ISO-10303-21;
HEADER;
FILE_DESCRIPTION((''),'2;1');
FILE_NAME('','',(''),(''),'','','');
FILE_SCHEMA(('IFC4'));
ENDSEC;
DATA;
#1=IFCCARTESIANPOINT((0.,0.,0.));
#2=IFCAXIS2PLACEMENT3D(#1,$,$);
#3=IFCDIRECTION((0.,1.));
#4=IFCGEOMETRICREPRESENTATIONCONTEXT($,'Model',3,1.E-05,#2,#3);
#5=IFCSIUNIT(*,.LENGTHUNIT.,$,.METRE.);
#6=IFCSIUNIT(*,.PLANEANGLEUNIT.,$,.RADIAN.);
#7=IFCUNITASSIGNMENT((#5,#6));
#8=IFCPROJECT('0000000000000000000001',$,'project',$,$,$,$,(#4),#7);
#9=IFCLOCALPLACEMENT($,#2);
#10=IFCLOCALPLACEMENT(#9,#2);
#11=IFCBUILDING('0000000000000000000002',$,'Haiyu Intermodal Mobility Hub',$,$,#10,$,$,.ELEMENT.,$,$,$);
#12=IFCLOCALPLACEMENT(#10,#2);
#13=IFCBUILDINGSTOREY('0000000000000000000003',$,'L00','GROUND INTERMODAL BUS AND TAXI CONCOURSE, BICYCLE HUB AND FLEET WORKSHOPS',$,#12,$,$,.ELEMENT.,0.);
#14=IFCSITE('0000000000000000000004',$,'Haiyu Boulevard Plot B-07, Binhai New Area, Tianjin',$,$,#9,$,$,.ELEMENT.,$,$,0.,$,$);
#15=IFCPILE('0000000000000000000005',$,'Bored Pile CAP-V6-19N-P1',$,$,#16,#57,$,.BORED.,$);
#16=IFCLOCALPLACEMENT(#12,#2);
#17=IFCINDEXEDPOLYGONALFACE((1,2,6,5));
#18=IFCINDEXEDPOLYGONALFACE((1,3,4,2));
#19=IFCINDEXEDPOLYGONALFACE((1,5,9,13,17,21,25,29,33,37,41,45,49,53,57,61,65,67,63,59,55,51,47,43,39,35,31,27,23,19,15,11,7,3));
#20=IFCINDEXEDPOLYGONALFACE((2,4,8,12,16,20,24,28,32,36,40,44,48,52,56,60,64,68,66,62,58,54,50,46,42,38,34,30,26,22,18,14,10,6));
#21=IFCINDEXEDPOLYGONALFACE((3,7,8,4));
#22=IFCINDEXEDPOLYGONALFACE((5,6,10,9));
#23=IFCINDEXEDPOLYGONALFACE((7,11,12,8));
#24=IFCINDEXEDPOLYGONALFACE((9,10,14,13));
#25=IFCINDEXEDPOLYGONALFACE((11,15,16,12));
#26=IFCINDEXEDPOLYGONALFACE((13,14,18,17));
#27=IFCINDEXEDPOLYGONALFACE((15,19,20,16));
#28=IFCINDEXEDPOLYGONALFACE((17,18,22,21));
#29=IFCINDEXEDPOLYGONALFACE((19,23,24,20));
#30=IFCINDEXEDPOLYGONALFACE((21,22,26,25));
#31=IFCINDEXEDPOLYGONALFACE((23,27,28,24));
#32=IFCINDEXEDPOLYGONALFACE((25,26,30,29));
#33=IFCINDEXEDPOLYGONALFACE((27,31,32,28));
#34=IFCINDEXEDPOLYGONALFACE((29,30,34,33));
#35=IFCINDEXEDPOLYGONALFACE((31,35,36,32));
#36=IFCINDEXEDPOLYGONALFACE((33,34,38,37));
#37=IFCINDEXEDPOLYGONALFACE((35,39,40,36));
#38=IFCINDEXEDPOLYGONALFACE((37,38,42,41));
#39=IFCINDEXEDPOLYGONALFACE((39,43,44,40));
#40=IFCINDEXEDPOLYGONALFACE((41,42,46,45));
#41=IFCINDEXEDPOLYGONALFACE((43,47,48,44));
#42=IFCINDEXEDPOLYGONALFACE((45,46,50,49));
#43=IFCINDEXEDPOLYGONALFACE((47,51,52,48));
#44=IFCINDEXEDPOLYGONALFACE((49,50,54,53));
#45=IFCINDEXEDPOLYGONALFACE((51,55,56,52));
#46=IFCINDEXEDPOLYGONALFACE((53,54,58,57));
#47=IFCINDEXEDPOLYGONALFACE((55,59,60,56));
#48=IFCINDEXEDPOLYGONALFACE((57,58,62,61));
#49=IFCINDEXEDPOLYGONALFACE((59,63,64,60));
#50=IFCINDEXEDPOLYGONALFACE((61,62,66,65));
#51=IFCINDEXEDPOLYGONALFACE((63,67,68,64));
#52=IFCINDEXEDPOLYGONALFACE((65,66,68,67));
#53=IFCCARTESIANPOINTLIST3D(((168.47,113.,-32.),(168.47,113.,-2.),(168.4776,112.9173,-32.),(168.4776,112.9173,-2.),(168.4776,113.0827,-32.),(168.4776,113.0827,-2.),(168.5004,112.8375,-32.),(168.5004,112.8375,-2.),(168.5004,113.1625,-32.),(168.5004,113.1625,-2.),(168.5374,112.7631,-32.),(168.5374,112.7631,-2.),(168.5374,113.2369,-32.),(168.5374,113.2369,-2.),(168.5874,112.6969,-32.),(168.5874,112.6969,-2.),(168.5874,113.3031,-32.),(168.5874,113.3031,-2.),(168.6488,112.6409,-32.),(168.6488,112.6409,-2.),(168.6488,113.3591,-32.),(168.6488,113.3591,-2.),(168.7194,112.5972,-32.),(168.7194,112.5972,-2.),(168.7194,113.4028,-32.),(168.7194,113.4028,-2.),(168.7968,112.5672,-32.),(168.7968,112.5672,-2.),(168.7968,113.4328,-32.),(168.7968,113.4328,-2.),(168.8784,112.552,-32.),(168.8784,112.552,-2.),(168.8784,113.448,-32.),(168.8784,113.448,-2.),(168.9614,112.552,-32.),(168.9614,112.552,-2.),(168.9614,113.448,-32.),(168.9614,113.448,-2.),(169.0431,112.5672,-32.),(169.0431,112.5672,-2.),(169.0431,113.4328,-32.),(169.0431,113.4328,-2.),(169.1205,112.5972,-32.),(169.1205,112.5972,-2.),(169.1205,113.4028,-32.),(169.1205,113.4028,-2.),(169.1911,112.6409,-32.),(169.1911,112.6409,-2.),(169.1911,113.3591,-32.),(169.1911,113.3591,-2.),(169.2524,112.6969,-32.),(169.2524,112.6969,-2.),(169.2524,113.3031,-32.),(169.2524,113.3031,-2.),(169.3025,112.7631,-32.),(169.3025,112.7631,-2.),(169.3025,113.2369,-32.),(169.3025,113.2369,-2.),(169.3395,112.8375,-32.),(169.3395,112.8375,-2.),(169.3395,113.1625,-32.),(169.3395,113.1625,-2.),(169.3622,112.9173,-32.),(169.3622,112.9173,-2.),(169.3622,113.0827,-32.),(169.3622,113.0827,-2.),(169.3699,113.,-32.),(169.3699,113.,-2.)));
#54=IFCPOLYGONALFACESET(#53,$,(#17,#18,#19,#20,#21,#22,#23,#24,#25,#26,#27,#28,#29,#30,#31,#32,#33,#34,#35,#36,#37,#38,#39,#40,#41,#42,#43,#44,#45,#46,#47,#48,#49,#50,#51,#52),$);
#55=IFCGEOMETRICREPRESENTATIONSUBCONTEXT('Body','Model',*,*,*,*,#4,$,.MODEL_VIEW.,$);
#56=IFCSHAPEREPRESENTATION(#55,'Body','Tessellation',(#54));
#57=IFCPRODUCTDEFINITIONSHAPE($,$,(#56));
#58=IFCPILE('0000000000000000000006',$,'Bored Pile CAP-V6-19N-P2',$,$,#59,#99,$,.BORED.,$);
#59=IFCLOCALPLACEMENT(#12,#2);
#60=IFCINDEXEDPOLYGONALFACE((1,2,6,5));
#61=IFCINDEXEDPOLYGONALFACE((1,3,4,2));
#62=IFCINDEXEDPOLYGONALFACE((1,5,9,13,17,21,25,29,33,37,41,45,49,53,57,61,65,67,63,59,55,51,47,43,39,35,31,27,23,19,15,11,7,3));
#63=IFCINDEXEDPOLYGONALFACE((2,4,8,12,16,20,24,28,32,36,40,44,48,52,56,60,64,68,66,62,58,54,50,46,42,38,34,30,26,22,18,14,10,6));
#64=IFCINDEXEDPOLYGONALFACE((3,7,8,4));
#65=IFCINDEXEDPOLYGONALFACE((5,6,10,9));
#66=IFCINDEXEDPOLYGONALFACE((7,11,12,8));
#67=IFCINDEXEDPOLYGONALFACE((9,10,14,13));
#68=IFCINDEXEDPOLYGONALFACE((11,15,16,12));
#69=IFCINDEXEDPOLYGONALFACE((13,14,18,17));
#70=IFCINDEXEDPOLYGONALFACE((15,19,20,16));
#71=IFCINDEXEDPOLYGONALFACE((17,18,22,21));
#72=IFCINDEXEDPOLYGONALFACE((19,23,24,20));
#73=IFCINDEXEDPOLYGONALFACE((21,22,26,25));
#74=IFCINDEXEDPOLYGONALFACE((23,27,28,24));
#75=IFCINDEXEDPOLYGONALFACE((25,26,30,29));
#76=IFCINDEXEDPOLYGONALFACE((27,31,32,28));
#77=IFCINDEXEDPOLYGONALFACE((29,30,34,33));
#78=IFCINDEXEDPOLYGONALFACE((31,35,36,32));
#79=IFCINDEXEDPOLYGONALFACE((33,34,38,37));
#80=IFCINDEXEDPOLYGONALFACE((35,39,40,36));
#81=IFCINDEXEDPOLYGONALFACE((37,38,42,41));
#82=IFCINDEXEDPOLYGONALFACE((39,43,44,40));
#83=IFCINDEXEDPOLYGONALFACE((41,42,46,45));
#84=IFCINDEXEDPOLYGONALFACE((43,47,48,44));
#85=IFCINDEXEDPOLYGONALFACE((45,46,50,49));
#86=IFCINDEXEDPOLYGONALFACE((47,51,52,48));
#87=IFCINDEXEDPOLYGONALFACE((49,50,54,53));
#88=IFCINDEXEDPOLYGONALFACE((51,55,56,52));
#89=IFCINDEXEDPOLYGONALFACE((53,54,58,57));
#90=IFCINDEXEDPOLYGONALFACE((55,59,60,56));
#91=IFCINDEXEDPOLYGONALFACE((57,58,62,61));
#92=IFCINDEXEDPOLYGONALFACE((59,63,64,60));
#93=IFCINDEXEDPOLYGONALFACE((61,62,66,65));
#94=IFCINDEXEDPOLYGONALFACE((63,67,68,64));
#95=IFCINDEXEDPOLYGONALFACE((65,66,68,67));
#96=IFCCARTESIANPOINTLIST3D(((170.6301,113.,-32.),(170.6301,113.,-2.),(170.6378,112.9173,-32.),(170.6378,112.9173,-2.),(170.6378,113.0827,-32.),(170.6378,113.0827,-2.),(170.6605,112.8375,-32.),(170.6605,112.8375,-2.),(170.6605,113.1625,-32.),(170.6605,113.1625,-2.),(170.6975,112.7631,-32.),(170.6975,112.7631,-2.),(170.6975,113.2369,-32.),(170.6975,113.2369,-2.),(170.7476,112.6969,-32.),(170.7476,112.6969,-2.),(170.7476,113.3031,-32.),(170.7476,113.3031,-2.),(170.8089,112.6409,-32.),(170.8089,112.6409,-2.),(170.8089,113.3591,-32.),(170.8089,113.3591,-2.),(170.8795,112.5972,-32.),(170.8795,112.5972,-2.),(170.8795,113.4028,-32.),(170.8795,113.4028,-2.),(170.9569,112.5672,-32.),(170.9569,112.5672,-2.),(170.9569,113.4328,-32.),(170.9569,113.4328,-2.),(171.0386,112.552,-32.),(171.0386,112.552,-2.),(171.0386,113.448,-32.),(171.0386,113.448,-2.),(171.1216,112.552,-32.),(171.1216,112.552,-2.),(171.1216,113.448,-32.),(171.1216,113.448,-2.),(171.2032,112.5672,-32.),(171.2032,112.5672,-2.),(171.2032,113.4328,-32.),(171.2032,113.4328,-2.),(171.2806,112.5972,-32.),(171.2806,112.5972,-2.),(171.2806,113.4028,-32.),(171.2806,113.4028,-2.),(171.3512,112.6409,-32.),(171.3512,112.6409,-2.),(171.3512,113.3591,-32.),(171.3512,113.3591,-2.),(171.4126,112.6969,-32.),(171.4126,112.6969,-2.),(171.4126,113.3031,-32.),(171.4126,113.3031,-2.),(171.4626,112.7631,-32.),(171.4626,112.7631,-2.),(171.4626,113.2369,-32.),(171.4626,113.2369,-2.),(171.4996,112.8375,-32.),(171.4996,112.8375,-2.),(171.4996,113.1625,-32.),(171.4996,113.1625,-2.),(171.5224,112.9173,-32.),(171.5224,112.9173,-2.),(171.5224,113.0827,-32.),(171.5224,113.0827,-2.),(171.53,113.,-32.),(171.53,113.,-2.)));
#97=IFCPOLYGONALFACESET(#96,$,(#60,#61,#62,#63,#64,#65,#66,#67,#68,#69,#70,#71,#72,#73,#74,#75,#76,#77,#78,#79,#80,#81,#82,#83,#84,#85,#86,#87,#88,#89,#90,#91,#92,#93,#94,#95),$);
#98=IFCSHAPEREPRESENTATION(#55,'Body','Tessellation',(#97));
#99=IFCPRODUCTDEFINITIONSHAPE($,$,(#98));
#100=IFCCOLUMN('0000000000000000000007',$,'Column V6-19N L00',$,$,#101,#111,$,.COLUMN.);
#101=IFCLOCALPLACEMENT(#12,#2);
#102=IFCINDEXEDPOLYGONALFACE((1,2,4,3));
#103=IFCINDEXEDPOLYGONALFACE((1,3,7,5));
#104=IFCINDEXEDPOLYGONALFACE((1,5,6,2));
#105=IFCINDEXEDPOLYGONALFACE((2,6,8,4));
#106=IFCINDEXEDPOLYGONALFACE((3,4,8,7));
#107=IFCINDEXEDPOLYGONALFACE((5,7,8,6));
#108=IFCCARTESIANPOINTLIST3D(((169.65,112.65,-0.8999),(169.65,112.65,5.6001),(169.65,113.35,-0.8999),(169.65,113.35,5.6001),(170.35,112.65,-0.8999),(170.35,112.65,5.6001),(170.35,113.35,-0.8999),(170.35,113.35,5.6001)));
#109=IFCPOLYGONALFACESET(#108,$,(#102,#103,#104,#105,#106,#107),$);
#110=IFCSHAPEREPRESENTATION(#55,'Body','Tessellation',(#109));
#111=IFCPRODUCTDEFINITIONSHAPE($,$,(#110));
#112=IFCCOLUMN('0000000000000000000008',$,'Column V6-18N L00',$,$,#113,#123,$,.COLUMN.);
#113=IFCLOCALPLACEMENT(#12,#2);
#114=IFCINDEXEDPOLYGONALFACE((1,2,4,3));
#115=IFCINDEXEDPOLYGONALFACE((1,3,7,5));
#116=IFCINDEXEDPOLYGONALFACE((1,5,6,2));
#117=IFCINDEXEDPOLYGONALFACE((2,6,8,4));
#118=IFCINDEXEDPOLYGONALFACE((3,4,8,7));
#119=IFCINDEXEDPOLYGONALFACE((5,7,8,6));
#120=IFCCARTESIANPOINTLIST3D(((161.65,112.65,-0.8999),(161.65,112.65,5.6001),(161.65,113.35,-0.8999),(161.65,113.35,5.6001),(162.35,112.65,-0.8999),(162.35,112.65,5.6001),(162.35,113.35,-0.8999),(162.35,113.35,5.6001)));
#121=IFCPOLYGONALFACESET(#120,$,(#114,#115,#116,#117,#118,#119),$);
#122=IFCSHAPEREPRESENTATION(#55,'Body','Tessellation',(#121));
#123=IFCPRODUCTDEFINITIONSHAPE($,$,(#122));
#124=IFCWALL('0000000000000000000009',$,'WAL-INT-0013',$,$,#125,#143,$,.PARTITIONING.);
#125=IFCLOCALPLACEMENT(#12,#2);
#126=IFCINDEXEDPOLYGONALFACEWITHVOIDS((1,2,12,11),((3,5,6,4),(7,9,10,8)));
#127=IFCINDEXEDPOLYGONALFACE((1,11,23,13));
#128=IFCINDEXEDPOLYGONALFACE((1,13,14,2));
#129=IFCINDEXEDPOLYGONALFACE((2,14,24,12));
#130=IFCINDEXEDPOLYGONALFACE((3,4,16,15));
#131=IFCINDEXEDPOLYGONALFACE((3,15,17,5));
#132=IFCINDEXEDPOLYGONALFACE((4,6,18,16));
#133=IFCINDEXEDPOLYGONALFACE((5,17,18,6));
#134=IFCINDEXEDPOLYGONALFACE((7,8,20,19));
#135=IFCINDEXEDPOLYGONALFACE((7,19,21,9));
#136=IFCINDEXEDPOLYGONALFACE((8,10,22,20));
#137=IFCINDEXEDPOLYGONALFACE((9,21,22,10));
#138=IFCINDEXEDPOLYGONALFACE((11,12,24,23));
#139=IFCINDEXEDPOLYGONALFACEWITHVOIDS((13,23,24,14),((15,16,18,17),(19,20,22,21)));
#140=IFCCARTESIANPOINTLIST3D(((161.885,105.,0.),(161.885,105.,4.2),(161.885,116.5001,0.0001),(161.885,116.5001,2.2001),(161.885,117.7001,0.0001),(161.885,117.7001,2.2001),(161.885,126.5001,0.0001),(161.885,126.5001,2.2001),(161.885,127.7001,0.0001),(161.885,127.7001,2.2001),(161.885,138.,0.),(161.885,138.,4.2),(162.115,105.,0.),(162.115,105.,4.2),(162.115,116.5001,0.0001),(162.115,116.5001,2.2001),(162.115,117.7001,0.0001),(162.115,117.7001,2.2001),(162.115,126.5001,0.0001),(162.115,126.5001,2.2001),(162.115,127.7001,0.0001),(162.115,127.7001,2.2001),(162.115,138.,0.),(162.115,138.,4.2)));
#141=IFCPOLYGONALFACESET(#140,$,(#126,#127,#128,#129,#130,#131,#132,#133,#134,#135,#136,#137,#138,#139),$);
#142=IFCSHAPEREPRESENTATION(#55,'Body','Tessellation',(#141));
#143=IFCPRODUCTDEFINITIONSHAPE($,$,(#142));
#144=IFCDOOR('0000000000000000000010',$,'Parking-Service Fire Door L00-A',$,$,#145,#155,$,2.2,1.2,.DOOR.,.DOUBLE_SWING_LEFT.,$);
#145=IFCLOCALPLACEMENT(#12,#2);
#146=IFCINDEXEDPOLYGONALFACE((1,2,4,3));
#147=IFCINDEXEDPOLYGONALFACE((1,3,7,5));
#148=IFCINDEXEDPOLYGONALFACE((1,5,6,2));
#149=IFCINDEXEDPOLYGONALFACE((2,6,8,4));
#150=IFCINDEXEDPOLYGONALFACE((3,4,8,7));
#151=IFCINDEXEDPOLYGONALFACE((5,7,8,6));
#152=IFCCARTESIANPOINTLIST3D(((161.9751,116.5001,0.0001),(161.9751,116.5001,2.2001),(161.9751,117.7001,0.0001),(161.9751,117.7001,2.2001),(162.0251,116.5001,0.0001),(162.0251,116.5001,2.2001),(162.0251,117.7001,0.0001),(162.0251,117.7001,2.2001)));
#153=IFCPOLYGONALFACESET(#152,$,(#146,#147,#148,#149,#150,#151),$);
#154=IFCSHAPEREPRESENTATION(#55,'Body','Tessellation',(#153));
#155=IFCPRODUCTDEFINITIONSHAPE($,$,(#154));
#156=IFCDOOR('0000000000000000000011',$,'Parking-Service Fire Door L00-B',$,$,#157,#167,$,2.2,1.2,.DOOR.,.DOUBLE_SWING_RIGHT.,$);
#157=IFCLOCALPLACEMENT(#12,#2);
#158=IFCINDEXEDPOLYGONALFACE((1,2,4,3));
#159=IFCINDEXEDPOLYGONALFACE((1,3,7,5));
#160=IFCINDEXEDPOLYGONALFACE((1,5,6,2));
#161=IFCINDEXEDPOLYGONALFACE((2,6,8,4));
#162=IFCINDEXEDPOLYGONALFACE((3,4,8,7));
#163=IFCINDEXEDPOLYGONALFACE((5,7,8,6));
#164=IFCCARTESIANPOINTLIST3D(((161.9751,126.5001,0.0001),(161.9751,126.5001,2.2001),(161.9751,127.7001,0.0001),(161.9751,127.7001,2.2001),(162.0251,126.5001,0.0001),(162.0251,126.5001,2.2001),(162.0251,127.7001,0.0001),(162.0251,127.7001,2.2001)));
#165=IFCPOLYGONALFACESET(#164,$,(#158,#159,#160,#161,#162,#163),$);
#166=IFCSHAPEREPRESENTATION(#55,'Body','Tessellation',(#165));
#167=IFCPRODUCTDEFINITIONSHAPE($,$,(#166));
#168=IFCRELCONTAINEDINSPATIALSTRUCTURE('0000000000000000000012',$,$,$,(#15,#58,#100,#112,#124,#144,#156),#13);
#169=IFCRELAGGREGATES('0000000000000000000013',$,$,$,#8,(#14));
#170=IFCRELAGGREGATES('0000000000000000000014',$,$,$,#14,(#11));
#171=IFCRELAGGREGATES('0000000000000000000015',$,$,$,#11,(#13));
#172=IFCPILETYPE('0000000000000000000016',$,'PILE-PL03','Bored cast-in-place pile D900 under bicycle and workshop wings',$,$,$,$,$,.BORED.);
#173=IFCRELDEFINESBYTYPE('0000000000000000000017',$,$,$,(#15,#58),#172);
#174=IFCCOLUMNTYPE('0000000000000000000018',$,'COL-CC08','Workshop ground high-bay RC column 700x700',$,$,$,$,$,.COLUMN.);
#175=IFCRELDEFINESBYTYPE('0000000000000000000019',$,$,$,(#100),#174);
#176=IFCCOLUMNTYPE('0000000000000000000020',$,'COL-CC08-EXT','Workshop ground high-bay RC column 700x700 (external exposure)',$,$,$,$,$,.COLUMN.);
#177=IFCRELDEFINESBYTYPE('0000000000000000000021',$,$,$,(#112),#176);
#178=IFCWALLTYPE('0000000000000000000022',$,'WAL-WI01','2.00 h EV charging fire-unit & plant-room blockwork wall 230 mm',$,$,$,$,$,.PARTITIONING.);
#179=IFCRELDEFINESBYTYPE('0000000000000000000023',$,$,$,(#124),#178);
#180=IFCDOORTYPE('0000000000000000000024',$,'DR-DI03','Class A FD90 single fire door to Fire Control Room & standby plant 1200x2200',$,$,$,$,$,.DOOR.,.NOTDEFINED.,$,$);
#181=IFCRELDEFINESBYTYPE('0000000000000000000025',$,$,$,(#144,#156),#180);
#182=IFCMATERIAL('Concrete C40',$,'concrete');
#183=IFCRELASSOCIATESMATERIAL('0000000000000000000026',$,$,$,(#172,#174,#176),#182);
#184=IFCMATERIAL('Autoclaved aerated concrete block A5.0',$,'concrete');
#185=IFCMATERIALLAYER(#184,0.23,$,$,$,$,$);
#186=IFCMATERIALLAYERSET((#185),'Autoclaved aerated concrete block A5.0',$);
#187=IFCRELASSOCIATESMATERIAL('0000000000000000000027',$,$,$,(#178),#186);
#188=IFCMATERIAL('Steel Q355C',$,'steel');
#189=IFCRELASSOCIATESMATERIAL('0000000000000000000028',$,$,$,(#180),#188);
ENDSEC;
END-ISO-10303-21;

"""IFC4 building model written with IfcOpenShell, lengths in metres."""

from ifc_helpers import new_model, si_unit, direction, frame, frame_2d, origin, origin_2d, place, context, subcontext, project, spatial, rectangle, circle, extrude, material, layer, layer_set, material_profile, profile_set, type_object, element, fill, save


model = new_model("IFC4")

# Units and contexts
model_context = context("Model", 3, precision=1e-05, world=origin(), true_north=direction((0.0, 1.0)))
body_context = subcontext(model_context, "Body", "Model", "MODEL_VIEW")
ifc_project = project(units=[si_unit("LENGTHUNIT", "METRE"), si_unit("PLANEANGLEUNIT", "RADIAN")], contexts=[model_context])

# Site, building, storey
site_placement = place(None, origin())
site = spatial("IfcSite", under=ifc_project, at=site_placement, Name="Haiyu Boulevard Plot B-07, Binhai New Area, Tianjin", CompositionType="ELEMENT", RefElevation=0.0)
building_placement = place(site_placement, origin())
building = spatial("IfcBuilding", under=site, at=building_placement, Name="Haiyu Intermodal Mobility Hub", CompositionType="ELEMENT")
storey_placement = place(building_placement, origin())
storey = spatial("IfcBuildingStorey", under=building, at=storey_placement, Name="L00", Description="GROUND INTERMODAL BUS AND TAXI CONCOURSE, BICYCLE HUB AND FLEET WORKSHOPS", CompositionType="ELEMENT", Elevation=0.0)

# Shared definitions
ifc_material_1 = material(Name="Concrete C40", Category="concrete")

# Piles
ifc_material_profile_1 = material_profile(ifc_material_1, circle(Radius=0.45, at=origin_2d()), Name="PILE-D900")
ifc_profile_set_1 = profile_set([ifc_material_profile_1], Name="Concrete C40")
pile_type_1 = type_object("IfcPileType", Name="PILE-PL03", Description="Bored cast-in-place pile D900 under bicycle and workshop wings", PredefinedType="BORED", material=ifc_profile_set_1)
for number, where, z_axis, x_axis, name in (
    (1, (168.9199, 113.0, -2.0), (0.0, 0.0, -1.0), (1.0, 0.0, 0.0), "Bored Pile CAP-V6-19N-P1"),
    (2, (171.0801, 113.0, -2.0), (0.0, 0.0, -1.0), (1.0, 0.0, 0.0), "Bored Pile CAP-V6-19N-P2"),
):
    element("IfcPile", number, at=place(storey_placement, frame(where, z_axis=z_axis, x_axis=x_axis)), inside=storey, type_object=pile_type_1, Name=name, PredefinedType="BORED", context=body_context, shape_type="SweptSolid", body=[
        extrude(circle(Radius=0.45, at=origin_2d()), origin(), (0.0, 0.0, 1.0), 30.0),
    ])

# Columns
ifc_material_profile_2 = material_profile(ifc_material_1, rectangle(XDim=0.7, YDim=0.7, at=origin_2d()), Name="RC700x700")
ifc_profile_set_2 = profile_set([ifc_material_profile_2], Name="Concrete C40")
column_type_1 = type_object("IfcColumnType", Name="COL-CC08", Description="Workshop ground high-bay RC column 700x700", PredefinedType="COLUMN", material=ifc_profile_set_2)
column_1_placement = place(storey_placement, frame((170.0, 113.0, -0.8999), z_axis=(0.0, 0.0, 1.0), x_axis=(1.0, 0.0, 0.0)))
element("IfcColumn", 3, at=column_1_placement, inside=storey, type_object=column_type_1, Name="Column V6-19N L00", PredefinedType="COLUMN", context=body_context, shape_type="SweptSolid", body=[
    extrude(rectangle(XDim=0.7, YDim=0.7, at=origin_2d()), origin(), (0.0, 0.0, 1.0), 6.5),
])
ifc_material_profile_3 = material_profile(ifc_material_1, rectangle(XDim=0.7, YDim=0.7, at=origin_2d()), Name="RC700x700")
ifc_profile_set_3 = profile_set([ifc_material_profile_3], Name="Concrete C40")
column_type_2 = type_object("IfcColumnType", Name="COL-CC08-EXT", Description="Workshop ground high-bay RC column 700x700 (external exposure)", PredefinedType="COLUMN", material=ifc_profile_set_3)
column_2_placement = place(storey_placement, frame((162.0, 113.0, -0.8999), z_axis=(0.0, 0.0, 1.0), x_axis=(1.0, 0.0, 0.0)))
element("IfcColumn", 4, at=column_2_placement, inside=storey, type_object=column_type_2, Name="Column V6-18N L00", PredefinedType="COLUMN", context=body_context, shape_type="SweptSolid", body=[
    extrude(rectangle(XDim=0.7, YDim=0.7, at=origin_2d()), origin(), (0.0, 0.0, 1.0), 6.5),
])

# Wall, openings, doors
ifc_material_2 = material(Name="Autoclaved aerated concrete block A5.0", Category="concrete")
ifc_layer_1 = layer(ifc_material_2, 0.23)
ifc_layer_set_1 = layer_set([ifc_layer_1], Name="Autoclaved aerated concrete block A5.0")
wall_type_1 = type_object("IfcWallType", Name="WAL-WI01", Description="2.00 h EV charging fire-unit & plant-room blockwork wall 230 mm", PredefinedType="PARTITIONING", material=ifc_layer_set_1)
wall_1_placement = place(storey_placement, frame((162.0, 105.0, 0.0), z_axis=(0.0, 0.0, 1.0), x_axis=(0.0, 1.0, 0.0)))
wall_1 = element("IfcWall", 5, at=wall_1_placement, inside=storey, type_object=wall_type_1, Name="WAL-INT-0013", PredefinedType="PARTITIONING", context=body_context, shape_type="SweptSolid", body=[
    extrude(rectangle(XDim=33.0, YDim=0.23, at=frame_2d((16.5, 0.0))), origin(), (0.0, 0.0, 1.0), 4.2),
])
opening_1_placement = place(wall_1_placement, frame((11.5, 0.0, 0.0)))
opening_1 = element("IfcOpeningElement", 6, at=opening_1_placement, cuts=wall_1, PredefinedType="OPENING", context=body_context, shape_type="SweptSolid", body=[
    extrude(rectangle(XDim=1.2, YDim=2.2, at=frame_2d((0.6001, 1.1001))), frame((0.0, 0.125, 0.0), z_axis=(0.0, -1.0, 0.0), x_axis=(1.0, 0.0, 0.0)), (0.0, 0.0, 1.0), 0.25),
])
opening_2_placement = place(wall_1_placement, frame((21.5, 0.0, 0.0)))
opening_2 = element("IfcOpeningElement", 7, at=opening_2_placement, cuts=wall_1, PredefinedType="OPENING", context=body_context, shape_type="SweptSolid", body=[
    extrude(rectangle(XDim=1.2, YDim=2.2, at=frame_2d((0.6001, 1.1001))), frame((0.0, 0.125, 0.0), z_axis=(0.0, -1.0, 0.0), x_axis=(1.0, 0.0, 0.0)), (0.0, 0.0, 1.0), 0.25),
])
ifc_material_3 = material(Name="Steel Q355C", Category="steel")
door_type_1 = type_object("IfcDoorType", Name="DR-DI03", Description="Class A FD90 single fire door to Fire Control Room & standby plant 1200x2200", OperationType="NOTDEFINED", PredefinedType="DOOR", material=ifc_material_3)
door_1_placement = place(opening_1_placement, origin())
door_1 = element("IfcDoor", 8, at=door_1_placement, inside=storey, type_object=door_type_1, Name="Parking-Service Fire Door L00-A", OperationType="DOUBLE_SWING_LEFT", OverallHeight=2.2, OverallWidth=1.2, PredefinedType="DOOR", context=body_context, shape_type="SweptSolid", body=[
    extrude(rectangle(XDim=1.2, YDim=2.2, at=frame_2d((0.6001, 1.1001))), frame((0.0, 0.0249, 0.0), z_axis=(0.0, -1.0, 0.0), x_axis=(1.0, 0.0, 0.0)), (0.0, 0.0, 1.0), 0.05),
])
fill(opening_1, door_1)
door_2_placement = place(opening_2_placement, origin())
door_2 = element("IfcDoor", 9, at=door_2_placement, inside=storey, type_object=door_type_1, Name="Parking-Service Fire Door L00-B", OperationType="DOUBLE_SWING_RIGHT", OverallHeight=2.2, OverallWidth=1.2, PredefinedType="DOOR", context=body_context, shape_type="SweptSolid", body=[
    extrude(rectangle(XDim=1.2, YDim=2.2, at=frame_2d((0.6001, 1.1001))), frame((0.0, 0.0249, 0.0), z_axis=(0.0, -1.0, 0.0), x_axis=(1.0, 0.0, 0.0)), (0.0, 0.0, 1.0), 0.05),
])
fill(opening_2, door_2)

save(model, "model.ifc")
